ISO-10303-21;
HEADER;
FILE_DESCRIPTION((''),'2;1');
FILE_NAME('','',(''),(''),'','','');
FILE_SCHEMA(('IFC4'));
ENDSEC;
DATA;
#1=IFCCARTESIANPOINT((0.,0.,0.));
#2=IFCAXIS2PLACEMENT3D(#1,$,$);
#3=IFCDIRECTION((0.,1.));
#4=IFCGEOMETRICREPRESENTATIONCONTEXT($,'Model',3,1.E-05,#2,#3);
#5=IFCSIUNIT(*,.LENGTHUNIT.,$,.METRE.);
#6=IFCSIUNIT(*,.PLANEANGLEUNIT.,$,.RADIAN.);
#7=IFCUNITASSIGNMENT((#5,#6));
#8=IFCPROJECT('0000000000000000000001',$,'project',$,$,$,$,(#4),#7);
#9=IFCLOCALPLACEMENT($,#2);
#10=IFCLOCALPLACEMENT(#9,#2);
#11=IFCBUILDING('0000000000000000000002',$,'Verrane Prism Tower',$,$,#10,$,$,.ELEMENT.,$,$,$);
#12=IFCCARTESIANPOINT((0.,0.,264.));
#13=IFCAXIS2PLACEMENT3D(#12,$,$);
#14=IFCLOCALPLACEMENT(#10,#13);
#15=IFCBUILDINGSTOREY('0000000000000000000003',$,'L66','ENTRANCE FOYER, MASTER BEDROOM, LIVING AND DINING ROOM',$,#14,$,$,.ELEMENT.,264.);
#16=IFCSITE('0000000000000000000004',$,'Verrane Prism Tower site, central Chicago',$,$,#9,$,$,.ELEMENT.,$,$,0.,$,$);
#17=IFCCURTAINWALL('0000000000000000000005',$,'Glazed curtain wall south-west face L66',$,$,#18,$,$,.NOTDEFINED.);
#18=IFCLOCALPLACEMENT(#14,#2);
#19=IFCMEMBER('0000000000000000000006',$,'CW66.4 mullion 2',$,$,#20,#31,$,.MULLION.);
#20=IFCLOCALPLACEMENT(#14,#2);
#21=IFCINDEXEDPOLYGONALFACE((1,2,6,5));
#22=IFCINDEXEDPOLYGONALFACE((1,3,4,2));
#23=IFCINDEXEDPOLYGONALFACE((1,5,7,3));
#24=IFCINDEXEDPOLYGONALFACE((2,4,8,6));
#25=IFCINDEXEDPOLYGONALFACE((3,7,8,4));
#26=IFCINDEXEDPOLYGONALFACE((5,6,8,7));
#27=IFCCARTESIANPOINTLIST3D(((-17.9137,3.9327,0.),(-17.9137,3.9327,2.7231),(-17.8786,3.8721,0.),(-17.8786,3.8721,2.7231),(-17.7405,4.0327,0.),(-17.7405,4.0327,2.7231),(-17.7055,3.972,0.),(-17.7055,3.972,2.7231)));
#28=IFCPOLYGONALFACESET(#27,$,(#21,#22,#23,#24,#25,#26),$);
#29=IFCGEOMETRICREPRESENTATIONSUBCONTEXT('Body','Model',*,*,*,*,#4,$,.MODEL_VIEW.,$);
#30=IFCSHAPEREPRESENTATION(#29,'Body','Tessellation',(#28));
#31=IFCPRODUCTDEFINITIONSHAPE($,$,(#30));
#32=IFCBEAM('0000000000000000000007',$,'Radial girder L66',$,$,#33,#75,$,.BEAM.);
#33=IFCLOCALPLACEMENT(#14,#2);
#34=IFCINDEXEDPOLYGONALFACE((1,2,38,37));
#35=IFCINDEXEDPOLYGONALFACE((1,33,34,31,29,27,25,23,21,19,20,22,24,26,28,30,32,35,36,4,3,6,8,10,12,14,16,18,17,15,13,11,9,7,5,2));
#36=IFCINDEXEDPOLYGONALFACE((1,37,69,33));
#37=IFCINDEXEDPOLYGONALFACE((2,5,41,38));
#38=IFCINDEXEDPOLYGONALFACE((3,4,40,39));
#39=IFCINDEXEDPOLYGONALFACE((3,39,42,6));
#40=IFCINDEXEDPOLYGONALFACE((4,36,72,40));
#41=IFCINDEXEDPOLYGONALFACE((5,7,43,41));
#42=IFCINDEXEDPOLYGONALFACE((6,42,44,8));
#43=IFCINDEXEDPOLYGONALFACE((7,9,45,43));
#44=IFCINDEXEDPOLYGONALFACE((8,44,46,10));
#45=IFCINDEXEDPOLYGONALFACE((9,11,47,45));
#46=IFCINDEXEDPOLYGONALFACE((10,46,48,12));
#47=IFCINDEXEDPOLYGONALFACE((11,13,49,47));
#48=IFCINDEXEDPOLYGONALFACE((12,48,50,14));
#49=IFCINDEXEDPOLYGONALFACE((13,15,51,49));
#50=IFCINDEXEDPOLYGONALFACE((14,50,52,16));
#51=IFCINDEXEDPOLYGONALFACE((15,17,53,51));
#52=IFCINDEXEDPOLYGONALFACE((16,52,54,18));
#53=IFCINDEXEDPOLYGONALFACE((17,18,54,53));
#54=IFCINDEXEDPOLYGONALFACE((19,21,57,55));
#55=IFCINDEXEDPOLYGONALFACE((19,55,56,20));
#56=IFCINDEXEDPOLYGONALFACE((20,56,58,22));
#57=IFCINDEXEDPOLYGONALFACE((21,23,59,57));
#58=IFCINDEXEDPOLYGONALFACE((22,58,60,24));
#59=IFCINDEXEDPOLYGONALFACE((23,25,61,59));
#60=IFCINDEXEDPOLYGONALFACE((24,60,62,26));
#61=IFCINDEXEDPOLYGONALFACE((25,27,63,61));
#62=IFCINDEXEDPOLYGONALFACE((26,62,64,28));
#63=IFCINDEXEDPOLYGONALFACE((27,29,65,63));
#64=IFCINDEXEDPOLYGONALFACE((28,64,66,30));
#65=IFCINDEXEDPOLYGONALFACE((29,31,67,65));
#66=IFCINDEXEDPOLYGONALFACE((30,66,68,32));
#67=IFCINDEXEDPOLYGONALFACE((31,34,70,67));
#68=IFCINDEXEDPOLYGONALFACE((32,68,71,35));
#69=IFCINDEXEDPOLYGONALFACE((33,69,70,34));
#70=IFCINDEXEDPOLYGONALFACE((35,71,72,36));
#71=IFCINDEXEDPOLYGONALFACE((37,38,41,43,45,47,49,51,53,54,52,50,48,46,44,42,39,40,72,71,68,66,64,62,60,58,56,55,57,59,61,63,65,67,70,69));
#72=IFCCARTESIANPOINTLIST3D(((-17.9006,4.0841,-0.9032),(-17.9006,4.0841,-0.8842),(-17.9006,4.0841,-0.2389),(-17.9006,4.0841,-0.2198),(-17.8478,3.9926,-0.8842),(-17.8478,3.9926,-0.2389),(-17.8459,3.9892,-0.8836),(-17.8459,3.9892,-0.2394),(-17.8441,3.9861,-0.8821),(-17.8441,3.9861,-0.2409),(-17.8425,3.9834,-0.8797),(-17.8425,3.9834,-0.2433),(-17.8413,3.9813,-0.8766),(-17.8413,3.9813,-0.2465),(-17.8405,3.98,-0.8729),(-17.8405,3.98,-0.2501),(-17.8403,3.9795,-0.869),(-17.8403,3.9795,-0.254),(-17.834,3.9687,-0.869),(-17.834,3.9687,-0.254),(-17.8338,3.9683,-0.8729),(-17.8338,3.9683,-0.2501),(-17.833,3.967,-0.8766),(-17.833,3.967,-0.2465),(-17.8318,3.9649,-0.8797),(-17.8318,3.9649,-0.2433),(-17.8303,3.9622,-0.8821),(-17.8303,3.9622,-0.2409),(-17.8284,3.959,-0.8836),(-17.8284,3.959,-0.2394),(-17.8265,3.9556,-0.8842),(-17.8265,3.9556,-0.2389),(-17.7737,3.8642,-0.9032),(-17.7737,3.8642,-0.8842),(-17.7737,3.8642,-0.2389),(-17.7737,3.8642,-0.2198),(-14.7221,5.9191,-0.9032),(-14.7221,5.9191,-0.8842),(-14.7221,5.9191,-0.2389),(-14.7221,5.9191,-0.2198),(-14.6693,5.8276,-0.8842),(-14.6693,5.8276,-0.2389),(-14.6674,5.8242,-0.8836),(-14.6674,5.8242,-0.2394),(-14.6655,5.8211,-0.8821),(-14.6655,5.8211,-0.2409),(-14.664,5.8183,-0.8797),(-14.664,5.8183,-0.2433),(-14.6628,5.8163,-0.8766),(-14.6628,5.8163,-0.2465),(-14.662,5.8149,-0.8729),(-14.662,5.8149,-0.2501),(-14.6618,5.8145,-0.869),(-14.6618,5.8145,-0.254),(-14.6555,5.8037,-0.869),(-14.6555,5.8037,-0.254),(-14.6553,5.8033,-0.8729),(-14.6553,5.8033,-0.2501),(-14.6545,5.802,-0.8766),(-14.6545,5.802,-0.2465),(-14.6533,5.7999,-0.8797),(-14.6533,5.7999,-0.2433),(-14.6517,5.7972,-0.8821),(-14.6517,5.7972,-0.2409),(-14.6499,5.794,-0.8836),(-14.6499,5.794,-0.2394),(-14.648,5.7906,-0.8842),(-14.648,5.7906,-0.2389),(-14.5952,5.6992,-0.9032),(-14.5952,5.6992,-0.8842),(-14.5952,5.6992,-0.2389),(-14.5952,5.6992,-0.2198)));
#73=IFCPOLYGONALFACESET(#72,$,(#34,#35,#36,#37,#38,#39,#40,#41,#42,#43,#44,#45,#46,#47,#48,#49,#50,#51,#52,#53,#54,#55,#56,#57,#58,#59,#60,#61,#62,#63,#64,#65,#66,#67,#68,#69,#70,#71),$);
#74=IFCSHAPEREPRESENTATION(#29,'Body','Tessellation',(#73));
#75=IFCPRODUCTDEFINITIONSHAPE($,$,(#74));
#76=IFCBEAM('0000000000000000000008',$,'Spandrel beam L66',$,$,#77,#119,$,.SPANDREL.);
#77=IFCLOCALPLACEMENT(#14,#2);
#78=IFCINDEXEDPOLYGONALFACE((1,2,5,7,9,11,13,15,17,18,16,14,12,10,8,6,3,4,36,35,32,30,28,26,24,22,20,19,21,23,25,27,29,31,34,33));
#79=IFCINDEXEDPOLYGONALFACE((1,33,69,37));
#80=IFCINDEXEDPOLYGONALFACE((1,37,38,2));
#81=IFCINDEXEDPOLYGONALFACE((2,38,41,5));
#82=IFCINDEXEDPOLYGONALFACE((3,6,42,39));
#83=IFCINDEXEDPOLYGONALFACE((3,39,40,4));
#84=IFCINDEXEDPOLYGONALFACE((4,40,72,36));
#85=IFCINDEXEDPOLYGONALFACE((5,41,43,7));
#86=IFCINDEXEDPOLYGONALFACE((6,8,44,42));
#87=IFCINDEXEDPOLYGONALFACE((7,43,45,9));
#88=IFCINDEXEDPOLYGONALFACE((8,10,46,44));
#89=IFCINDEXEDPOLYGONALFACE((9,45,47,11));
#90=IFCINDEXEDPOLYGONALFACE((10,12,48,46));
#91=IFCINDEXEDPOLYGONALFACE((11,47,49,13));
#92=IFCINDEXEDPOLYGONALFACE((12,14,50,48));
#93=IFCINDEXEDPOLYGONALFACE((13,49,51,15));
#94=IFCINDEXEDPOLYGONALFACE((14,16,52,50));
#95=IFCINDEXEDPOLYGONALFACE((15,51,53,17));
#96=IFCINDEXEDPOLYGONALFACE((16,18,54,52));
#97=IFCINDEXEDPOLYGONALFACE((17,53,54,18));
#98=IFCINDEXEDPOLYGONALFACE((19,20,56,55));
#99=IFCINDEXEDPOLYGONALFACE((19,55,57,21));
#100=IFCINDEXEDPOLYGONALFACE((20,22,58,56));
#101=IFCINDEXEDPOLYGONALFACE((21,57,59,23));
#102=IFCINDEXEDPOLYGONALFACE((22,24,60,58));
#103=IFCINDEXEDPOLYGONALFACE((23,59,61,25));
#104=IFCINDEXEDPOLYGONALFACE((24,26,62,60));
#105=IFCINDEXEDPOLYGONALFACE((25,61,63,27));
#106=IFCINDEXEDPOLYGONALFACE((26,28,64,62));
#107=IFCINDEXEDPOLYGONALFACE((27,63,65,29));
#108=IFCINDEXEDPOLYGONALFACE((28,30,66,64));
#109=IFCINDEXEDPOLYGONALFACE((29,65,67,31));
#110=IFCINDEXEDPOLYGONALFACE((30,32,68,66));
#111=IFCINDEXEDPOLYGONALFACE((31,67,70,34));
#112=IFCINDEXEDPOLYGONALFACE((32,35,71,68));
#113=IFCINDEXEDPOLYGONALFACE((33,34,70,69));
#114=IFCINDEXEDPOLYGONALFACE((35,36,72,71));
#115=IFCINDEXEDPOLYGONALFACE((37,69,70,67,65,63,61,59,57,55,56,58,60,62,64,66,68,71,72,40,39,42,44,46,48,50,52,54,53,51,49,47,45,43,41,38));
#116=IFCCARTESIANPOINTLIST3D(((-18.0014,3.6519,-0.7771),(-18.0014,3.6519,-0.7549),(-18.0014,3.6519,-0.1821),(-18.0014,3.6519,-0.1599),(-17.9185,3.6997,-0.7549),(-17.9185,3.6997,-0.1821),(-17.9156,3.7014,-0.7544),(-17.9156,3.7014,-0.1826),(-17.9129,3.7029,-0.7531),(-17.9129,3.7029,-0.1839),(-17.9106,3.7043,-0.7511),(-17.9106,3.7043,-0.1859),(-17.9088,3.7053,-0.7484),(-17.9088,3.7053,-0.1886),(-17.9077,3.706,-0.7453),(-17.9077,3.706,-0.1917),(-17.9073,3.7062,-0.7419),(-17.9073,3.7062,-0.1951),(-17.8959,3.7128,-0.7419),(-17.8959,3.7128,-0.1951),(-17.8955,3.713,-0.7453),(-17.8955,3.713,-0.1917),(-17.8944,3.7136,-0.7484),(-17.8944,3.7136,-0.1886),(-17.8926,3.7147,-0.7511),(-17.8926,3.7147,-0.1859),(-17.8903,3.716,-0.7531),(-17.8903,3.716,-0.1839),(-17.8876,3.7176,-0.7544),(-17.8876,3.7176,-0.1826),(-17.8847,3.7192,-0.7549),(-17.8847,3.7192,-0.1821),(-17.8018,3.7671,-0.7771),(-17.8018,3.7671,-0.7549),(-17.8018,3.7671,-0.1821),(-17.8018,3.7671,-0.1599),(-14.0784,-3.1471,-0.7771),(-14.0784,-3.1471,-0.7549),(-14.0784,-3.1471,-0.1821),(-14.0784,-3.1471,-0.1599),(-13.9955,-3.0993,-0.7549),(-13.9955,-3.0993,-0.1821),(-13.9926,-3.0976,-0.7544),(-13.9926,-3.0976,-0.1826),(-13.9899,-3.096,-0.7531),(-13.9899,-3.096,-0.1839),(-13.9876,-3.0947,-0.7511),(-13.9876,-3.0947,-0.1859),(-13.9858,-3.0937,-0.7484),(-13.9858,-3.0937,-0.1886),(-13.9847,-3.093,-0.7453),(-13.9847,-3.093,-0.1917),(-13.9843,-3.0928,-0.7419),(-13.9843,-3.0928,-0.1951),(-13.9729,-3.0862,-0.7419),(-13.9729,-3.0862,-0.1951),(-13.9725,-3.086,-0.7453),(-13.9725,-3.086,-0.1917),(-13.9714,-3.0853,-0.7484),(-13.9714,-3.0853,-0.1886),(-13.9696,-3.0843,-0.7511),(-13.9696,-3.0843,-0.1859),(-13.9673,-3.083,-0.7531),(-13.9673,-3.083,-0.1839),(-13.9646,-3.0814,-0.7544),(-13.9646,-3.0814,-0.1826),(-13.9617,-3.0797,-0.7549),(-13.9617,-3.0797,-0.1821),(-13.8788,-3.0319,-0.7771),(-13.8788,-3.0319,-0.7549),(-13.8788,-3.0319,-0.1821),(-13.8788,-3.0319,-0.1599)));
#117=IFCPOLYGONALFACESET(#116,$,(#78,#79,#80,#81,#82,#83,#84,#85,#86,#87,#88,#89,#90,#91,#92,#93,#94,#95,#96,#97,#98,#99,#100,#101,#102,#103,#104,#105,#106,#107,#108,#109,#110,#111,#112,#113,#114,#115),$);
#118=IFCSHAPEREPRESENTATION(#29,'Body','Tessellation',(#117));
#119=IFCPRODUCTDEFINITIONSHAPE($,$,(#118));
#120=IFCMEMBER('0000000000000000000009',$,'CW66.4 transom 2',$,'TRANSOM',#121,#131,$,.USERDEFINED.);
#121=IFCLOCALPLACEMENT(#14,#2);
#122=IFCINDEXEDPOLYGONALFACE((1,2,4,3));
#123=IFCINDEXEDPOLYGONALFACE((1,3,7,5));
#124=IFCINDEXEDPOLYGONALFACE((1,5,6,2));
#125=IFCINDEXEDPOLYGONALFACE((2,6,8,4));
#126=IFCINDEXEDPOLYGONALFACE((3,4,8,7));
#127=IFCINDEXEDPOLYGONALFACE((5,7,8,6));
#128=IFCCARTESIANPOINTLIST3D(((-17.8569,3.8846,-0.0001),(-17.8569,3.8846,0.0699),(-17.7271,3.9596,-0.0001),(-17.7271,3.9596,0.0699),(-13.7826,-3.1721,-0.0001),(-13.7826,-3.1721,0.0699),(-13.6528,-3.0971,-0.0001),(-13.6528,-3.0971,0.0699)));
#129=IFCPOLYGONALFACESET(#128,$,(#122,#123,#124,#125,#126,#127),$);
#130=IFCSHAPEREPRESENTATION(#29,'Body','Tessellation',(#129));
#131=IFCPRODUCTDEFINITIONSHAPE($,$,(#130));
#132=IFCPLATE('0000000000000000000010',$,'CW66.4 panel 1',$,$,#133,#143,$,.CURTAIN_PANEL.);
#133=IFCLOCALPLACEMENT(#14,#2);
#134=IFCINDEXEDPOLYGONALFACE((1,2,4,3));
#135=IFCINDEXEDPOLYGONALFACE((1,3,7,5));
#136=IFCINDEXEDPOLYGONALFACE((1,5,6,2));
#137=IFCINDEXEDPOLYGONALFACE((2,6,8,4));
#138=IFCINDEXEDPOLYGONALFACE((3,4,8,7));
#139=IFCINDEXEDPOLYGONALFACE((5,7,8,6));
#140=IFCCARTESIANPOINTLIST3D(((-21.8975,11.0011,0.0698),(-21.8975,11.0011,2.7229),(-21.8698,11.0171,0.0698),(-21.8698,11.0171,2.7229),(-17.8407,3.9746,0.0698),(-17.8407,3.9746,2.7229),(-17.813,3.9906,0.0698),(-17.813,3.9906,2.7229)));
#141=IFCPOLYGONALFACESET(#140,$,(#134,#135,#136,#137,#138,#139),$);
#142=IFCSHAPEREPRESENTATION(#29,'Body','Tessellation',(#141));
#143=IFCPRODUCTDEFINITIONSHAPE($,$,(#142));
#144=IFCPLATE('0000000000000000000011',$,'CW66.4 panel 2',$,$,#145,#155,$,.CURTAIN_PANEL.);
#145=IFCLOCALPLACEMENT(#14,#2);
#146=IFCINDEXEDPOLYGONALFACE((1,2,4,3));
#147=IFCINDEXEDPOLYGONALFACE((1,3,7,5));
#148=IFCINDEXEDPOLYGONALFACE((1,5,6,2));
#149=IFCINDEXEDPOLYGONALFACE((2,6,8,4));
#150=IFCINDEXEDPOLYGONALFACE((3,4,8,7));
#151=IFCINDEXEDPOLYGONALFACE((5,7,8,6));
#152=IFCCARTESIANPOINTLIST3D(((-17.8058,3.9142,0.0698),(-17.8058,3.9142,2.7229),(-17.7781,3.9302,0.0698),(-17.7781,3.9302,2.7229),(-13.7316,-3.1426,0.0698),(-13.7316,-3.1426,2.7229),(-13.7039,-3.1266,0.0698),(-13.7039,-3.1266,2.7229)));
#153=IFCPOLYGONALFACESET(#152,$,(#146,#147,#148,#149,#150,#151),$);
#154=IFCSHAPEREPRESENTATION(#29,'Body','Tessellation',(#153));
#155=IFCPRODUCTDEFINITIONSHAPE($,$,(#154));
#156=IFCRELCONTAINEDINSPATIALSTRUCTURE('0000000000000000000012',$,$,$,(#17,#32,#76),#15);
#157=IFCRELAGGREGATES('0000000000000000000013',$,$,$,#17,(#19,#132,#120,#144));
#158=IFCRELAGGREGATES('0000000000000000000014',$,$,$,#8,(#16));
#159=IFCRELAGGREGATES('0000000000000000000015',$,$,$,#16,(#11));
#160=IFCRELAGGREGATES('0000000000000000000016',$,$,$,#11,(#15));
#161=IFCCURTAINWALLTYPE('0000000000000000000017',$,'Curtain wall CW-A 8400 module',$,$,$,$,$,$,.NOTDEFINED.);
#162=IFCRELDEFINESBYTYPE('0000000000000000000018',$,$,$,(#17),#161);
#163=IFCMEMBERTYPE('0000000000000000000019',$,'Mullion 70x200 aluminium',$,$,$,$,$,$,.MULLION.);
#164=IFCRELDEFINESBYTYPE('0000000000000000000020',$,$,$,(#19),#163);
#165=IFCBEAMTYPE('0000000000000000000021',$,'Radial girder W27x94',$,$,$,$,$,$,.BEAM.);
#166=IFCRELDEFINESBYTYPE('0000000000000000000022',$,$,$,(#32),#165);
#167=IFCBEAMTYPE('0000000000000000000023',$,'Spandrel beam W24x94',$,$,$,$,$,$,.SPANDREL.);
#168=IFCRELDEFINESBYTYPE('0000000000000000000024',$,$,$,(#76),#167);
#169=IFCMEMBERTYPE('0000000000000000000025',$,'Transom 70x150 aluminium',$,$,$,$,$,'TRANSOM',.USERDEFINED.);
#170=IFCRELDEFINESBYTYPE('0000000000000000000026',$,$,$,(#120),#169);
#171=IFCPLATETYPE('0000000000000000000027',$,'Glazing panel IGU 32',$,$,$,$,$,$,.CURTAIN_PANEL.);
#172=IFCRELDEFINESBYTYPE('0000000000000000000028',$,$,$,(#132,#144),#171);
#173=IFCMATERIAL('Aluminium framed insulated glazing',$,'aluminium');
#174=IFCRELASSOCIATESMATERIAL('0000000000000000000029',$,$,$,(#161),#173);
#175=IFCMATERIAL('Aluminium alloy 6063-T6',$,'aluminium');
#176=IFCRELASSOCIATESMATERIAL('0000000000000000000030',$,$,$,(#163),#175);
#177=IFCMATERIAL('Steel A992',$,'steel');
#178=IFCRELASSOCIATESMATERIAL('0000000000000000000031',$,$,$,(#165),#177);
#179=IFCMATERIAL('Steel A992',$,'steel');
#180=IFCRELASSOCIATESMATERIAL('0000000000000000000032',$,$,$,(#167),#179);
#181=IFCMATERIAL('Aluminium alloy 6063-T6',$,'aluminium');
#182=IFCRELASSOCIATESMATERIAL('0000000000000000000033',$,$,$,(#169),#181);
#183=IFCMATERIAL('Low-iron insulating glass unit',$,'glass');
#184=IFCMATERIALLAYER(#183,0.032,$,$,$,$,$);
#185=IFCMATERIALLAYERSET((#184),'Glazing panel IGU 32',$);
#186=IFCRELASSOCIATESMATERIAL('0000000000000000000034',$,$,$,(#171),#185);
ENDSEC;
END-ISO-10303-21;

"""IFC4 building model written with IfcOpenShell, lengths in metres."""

from ifc_helpers import new_model, si_unit, direction, frame, origin, origin_2d, place, context, subcontext, project, spatial, rectangle, i_section, extrude, material, layer, layer_set, material_profile, profile_set, type_object, element, aggregate, save


model = new_model("IFC4")

# Units and contexts
model_context = context("Model", 3, precision=1e-05, world=origin(), true_north=direction((0.0, 1.0)))
body_context = subcontext(model_context, "Body", "Model", "MODEL_VIEW")
ifc_project = project(units=[si_unit("LENGTHUNIT", "METRE"), si_unit("PLANEANGLEUNIT", "RADIAN")], contexts=[model_context])

# Site, building, storey
site_placement = place(None, origin())
site = spatial("IfcSite", under=ifc_project, at=site_placement, Name="Verrane Prism Tower site, central Chicago", CompositionType="ELEMENT", RefElevation=0.0)
building_placement = place(site_placement, origin())
building = spatial("IfcBuilding", under=site, at=building_placement, Name="Verrane Prism Tower", CompositionType="ELEMENT")
storey_placement = place(building_placement, frame((0.0, 0.0, 264.0)))
storey = spatial("IfcBuildingStorey", under=building, at=storey_placement, Name="L66", Description="ENTRANCE FOYER, MASTER BEDROOM, LIVING AND DINING ROOM", CompositionType="ELEMENT", Elevation=264.0)

# Curtain wall, member
ifc_material_1 = material(Name="Aluminium framed insulated glazing", Category="aluminium")
curtain_wall_type = type_object("IfcCurtainWallType", Name="Curtain wall CW-A 8400 module", PredefinedType="NOTDEFINED", material=ifc_material_1)
curtain_wall_placement = place(storey_placement, origin())
curtain_wall = element("IfcCurtainWall", 1, at=curtain_wall_placement, inside=storey, type_object=curtain_wall_type, Name="Glazed curtain wall south-west face L66", PredefinedType="NOTDEFINED")
ifc_material_2 = material(Name="Aluminium alloy 6063-T6", Category="aluminium")
ifc_material_profile_1 = material_profile(ifc_material_2, rectangle(XDim=0.2, YDim=0.0701, at=origin_2d()), Name="Mullion 70x200 aluminium")
ifc_profile_set_1 = profile_set([ifc_material_profile_1], Name="Aluminium alloy 6063-T6")
member_type_1 = type_object("IfcMemberType", Name="Mullion 70x200 aluminium", PredefinedType="MULLION", material=ifc_profile_set_1)
member_1_placement = place(storey_placement, frame((-17.8096, 3.9524, 0.0), z_axis=(0.0, 0.0, 1.0), x_axis=(0.866025, 0.500001, 0.0)))
member_1 = element("IfcMember", 2, at=member_1_placement, type_object=member_type_1, Name="CW66.4 mullion 2", PredefinedType="MULLION", context=body_context, shape_type="SweptSolid", body=[
    extrude(rectangle(XDim=0.2, YDim=0.0701, at=origin_2d()), origin(), (0.0, 0.0, 1.0), 2.7231),
])

# Beams
ifc_material_3 = material(Name="Steel A992", Category="steel")
ifc_material_profile_2 = material_profile(ifc_material_3, i_section(OverallWidth=0.2539, OverallDepth=0.6833, WebThickness=0.0125, FlangeThickness=0.019, FilletRadius=0.0151, at=origin_2d()), Name="W27x94")
ifc_profile_set_2 = profile_set([ifc_material_profile_2], Name="Steel A992")
beam_type_1 = type_object("IfcBeamType", Name="Radial girder W27x94", PredefinedType="BEAM", material=ifc_profile_set_2)
beam_1_placement = place(storey_placement, frame((-17.8372, 3.9741, -0.5615), z_axis=(0.86604, 0.499974, 0.0), x_axis=(-0.499974, 0.86604, 0.0)))
element("IfcBeam", 3, at=beam_1_placement, inside=storey, type_object=beam_type_1, Name="Radial girder L66", PredefinedType="BEAM", context=body_context, shape_type="SweptSolid", body=[
    extrude(i_section(OverallWidth=0.2539, OverallDepth=0.6833, WebThickness=0.0125, FlangeThickness=0.019, FilletRadius=0.0151, at=origin_2d()), origin(), (0.0, 0.0, 1.0), 3.6702),
])
ifc_material_4 = material(Name="Steel A992", Category="steel")
ifc_material_profile_3 = material_profile(ifc_material_4, i_section(OverallWidth=0.2305, OverallDepth=0.6172, WebThickness=0.0132, FlangeThickness=0.0222, FilletRadius=0.0129, at=origin_2d()), Name="W24x94")
ifc_profile_set_3 = profile_set([ifc_material_profile_3], Name="Steel A992")
beam_type_2 = type_object("IfcBeamType", Name="Spandrel beam W24x94", PredefinedType="SPANDREL", material=ifc_profile_set_3)
beam_2_placement = place(storey_placement, frame((-17.9016, 3.7095, -0.4685), z_axis=(0.499775, -0.866155, 0.0), x_axis=(0.866155, 0.499775, 0.0)))
element("IfcBeam", 4, at=beam_2_placement, inside=storey, type_object=beam_type_2, Name="Spandrel beam L66", PredefinedType="SPANDREL", context=body_context, shape_type="SweptSolid", body=[
    extrude(i_section(OverallWidth=0.2305, OverallDepth=0.6172, WebThickness=0.0132, FlangeThickness=0.0222, FilletRadius=0.0129, at=origin_2d()), origin(), (0.0, 0.0, 1.0), 7.8496),
])

# Member
ifc_material_5 = material(Name="Aluminium alloy 6063-T6", Category="aluminium")
ifc_material_profile_4 = material_profile(ifc_material_5, rectangle(XDim=0.1499, YDim=0.0701, at=origin_2d()), Name="Transom 70x150 aluminium")
ifc_profile_set_4 = profile_set([ifc_material_profile_4], Name="Aluminium alloy 6063-T6")
member_type_2 = type_object("IfcMemberType", Name="Transom 70x150 aluminium", ElementType="TRANSOM", PredefinedType="USERDEFINED", material=ifc_profile_set_4)
member_2_placement = place(storey_placement, frame((-17.792, 3.9221, 0.0349), z_axis=(0.500006, -0.866022, 0.0), x_axis=(0.866022, 0.500006, 0.0)))
member_2 = element("IfcMember", 5, at=member_2_placement, type_object=member_type_2, Name="CW66.4 transom 2", ObjectType="TRANSOM", PredefinedType="USERDEFINED", context=body_context, shape_type="SweptSolid", body=[
    extrude(rectangle(XDim=0.1499, YDim=0.0701, at=origin_2d()), origin(), (0.0, 0.0, 1.0), 8.1484),
])

# Plates
ifc_material_6 = material(Name="Low-iron insulating glass unit", Category="glass")
ifc_layer_1 = layer(ifc_material_6, 0.032)
ifc_layer_set_1 = layer_set([ifc_layer_1], Name="Glazing panel IGU 32")
plate_type = type_object("IfcPlateType", Name="Glazing panel IGU 32", PredefinedType="CURTAIN_PANEL", material=ifc_layer_set_1)
plate_1_placement = place(storey_placement, frame((-19.8552, 7.4958, 0.0698), z_axis=(0.0, 0.0, 1.0), x_axis=(0.500001, -0.866025, 0.0)))
plate_1 = element("IfcPlate", 6, at=plate_1_placement, type_object=plate_type, Name="CW66.4 panel 1", PredefinedType="CURTAIN_PANEL", context=body_context, shape_type="SweptSolid", body=[
    extrude(rectangle(XDim=8.1135, YDim=0.032, at=origin_2d()), origin(), (0.0, 0.0, 1.0), 2.6531),
])
plate_2_placement = place(storey_placement, frame((-15.7549, 0.3938, 0.0698), z_axis=(0.0, 0.0, 1.0), x_axis=(0.500001, -0.866025, 0.0)))
plate_2 = element("IfcPlate", 7, at=plate_2_placement, type_object=plate_type, Name="CW66.4 panel 2", PredefinedType="CURTAIN_PANEL", context=body_context, shape_type="SweptSolid", body=[
    extrude(rectangle(XDim=8.1484, YDim=0.032, at=origin_2d()), origin(), (0.0, 0.0, 1.0), 2.6531),
])
aggregate(curtain_wall, [member_1, plate_1, member_2, plate_2])

save(model, "model.ifc")
